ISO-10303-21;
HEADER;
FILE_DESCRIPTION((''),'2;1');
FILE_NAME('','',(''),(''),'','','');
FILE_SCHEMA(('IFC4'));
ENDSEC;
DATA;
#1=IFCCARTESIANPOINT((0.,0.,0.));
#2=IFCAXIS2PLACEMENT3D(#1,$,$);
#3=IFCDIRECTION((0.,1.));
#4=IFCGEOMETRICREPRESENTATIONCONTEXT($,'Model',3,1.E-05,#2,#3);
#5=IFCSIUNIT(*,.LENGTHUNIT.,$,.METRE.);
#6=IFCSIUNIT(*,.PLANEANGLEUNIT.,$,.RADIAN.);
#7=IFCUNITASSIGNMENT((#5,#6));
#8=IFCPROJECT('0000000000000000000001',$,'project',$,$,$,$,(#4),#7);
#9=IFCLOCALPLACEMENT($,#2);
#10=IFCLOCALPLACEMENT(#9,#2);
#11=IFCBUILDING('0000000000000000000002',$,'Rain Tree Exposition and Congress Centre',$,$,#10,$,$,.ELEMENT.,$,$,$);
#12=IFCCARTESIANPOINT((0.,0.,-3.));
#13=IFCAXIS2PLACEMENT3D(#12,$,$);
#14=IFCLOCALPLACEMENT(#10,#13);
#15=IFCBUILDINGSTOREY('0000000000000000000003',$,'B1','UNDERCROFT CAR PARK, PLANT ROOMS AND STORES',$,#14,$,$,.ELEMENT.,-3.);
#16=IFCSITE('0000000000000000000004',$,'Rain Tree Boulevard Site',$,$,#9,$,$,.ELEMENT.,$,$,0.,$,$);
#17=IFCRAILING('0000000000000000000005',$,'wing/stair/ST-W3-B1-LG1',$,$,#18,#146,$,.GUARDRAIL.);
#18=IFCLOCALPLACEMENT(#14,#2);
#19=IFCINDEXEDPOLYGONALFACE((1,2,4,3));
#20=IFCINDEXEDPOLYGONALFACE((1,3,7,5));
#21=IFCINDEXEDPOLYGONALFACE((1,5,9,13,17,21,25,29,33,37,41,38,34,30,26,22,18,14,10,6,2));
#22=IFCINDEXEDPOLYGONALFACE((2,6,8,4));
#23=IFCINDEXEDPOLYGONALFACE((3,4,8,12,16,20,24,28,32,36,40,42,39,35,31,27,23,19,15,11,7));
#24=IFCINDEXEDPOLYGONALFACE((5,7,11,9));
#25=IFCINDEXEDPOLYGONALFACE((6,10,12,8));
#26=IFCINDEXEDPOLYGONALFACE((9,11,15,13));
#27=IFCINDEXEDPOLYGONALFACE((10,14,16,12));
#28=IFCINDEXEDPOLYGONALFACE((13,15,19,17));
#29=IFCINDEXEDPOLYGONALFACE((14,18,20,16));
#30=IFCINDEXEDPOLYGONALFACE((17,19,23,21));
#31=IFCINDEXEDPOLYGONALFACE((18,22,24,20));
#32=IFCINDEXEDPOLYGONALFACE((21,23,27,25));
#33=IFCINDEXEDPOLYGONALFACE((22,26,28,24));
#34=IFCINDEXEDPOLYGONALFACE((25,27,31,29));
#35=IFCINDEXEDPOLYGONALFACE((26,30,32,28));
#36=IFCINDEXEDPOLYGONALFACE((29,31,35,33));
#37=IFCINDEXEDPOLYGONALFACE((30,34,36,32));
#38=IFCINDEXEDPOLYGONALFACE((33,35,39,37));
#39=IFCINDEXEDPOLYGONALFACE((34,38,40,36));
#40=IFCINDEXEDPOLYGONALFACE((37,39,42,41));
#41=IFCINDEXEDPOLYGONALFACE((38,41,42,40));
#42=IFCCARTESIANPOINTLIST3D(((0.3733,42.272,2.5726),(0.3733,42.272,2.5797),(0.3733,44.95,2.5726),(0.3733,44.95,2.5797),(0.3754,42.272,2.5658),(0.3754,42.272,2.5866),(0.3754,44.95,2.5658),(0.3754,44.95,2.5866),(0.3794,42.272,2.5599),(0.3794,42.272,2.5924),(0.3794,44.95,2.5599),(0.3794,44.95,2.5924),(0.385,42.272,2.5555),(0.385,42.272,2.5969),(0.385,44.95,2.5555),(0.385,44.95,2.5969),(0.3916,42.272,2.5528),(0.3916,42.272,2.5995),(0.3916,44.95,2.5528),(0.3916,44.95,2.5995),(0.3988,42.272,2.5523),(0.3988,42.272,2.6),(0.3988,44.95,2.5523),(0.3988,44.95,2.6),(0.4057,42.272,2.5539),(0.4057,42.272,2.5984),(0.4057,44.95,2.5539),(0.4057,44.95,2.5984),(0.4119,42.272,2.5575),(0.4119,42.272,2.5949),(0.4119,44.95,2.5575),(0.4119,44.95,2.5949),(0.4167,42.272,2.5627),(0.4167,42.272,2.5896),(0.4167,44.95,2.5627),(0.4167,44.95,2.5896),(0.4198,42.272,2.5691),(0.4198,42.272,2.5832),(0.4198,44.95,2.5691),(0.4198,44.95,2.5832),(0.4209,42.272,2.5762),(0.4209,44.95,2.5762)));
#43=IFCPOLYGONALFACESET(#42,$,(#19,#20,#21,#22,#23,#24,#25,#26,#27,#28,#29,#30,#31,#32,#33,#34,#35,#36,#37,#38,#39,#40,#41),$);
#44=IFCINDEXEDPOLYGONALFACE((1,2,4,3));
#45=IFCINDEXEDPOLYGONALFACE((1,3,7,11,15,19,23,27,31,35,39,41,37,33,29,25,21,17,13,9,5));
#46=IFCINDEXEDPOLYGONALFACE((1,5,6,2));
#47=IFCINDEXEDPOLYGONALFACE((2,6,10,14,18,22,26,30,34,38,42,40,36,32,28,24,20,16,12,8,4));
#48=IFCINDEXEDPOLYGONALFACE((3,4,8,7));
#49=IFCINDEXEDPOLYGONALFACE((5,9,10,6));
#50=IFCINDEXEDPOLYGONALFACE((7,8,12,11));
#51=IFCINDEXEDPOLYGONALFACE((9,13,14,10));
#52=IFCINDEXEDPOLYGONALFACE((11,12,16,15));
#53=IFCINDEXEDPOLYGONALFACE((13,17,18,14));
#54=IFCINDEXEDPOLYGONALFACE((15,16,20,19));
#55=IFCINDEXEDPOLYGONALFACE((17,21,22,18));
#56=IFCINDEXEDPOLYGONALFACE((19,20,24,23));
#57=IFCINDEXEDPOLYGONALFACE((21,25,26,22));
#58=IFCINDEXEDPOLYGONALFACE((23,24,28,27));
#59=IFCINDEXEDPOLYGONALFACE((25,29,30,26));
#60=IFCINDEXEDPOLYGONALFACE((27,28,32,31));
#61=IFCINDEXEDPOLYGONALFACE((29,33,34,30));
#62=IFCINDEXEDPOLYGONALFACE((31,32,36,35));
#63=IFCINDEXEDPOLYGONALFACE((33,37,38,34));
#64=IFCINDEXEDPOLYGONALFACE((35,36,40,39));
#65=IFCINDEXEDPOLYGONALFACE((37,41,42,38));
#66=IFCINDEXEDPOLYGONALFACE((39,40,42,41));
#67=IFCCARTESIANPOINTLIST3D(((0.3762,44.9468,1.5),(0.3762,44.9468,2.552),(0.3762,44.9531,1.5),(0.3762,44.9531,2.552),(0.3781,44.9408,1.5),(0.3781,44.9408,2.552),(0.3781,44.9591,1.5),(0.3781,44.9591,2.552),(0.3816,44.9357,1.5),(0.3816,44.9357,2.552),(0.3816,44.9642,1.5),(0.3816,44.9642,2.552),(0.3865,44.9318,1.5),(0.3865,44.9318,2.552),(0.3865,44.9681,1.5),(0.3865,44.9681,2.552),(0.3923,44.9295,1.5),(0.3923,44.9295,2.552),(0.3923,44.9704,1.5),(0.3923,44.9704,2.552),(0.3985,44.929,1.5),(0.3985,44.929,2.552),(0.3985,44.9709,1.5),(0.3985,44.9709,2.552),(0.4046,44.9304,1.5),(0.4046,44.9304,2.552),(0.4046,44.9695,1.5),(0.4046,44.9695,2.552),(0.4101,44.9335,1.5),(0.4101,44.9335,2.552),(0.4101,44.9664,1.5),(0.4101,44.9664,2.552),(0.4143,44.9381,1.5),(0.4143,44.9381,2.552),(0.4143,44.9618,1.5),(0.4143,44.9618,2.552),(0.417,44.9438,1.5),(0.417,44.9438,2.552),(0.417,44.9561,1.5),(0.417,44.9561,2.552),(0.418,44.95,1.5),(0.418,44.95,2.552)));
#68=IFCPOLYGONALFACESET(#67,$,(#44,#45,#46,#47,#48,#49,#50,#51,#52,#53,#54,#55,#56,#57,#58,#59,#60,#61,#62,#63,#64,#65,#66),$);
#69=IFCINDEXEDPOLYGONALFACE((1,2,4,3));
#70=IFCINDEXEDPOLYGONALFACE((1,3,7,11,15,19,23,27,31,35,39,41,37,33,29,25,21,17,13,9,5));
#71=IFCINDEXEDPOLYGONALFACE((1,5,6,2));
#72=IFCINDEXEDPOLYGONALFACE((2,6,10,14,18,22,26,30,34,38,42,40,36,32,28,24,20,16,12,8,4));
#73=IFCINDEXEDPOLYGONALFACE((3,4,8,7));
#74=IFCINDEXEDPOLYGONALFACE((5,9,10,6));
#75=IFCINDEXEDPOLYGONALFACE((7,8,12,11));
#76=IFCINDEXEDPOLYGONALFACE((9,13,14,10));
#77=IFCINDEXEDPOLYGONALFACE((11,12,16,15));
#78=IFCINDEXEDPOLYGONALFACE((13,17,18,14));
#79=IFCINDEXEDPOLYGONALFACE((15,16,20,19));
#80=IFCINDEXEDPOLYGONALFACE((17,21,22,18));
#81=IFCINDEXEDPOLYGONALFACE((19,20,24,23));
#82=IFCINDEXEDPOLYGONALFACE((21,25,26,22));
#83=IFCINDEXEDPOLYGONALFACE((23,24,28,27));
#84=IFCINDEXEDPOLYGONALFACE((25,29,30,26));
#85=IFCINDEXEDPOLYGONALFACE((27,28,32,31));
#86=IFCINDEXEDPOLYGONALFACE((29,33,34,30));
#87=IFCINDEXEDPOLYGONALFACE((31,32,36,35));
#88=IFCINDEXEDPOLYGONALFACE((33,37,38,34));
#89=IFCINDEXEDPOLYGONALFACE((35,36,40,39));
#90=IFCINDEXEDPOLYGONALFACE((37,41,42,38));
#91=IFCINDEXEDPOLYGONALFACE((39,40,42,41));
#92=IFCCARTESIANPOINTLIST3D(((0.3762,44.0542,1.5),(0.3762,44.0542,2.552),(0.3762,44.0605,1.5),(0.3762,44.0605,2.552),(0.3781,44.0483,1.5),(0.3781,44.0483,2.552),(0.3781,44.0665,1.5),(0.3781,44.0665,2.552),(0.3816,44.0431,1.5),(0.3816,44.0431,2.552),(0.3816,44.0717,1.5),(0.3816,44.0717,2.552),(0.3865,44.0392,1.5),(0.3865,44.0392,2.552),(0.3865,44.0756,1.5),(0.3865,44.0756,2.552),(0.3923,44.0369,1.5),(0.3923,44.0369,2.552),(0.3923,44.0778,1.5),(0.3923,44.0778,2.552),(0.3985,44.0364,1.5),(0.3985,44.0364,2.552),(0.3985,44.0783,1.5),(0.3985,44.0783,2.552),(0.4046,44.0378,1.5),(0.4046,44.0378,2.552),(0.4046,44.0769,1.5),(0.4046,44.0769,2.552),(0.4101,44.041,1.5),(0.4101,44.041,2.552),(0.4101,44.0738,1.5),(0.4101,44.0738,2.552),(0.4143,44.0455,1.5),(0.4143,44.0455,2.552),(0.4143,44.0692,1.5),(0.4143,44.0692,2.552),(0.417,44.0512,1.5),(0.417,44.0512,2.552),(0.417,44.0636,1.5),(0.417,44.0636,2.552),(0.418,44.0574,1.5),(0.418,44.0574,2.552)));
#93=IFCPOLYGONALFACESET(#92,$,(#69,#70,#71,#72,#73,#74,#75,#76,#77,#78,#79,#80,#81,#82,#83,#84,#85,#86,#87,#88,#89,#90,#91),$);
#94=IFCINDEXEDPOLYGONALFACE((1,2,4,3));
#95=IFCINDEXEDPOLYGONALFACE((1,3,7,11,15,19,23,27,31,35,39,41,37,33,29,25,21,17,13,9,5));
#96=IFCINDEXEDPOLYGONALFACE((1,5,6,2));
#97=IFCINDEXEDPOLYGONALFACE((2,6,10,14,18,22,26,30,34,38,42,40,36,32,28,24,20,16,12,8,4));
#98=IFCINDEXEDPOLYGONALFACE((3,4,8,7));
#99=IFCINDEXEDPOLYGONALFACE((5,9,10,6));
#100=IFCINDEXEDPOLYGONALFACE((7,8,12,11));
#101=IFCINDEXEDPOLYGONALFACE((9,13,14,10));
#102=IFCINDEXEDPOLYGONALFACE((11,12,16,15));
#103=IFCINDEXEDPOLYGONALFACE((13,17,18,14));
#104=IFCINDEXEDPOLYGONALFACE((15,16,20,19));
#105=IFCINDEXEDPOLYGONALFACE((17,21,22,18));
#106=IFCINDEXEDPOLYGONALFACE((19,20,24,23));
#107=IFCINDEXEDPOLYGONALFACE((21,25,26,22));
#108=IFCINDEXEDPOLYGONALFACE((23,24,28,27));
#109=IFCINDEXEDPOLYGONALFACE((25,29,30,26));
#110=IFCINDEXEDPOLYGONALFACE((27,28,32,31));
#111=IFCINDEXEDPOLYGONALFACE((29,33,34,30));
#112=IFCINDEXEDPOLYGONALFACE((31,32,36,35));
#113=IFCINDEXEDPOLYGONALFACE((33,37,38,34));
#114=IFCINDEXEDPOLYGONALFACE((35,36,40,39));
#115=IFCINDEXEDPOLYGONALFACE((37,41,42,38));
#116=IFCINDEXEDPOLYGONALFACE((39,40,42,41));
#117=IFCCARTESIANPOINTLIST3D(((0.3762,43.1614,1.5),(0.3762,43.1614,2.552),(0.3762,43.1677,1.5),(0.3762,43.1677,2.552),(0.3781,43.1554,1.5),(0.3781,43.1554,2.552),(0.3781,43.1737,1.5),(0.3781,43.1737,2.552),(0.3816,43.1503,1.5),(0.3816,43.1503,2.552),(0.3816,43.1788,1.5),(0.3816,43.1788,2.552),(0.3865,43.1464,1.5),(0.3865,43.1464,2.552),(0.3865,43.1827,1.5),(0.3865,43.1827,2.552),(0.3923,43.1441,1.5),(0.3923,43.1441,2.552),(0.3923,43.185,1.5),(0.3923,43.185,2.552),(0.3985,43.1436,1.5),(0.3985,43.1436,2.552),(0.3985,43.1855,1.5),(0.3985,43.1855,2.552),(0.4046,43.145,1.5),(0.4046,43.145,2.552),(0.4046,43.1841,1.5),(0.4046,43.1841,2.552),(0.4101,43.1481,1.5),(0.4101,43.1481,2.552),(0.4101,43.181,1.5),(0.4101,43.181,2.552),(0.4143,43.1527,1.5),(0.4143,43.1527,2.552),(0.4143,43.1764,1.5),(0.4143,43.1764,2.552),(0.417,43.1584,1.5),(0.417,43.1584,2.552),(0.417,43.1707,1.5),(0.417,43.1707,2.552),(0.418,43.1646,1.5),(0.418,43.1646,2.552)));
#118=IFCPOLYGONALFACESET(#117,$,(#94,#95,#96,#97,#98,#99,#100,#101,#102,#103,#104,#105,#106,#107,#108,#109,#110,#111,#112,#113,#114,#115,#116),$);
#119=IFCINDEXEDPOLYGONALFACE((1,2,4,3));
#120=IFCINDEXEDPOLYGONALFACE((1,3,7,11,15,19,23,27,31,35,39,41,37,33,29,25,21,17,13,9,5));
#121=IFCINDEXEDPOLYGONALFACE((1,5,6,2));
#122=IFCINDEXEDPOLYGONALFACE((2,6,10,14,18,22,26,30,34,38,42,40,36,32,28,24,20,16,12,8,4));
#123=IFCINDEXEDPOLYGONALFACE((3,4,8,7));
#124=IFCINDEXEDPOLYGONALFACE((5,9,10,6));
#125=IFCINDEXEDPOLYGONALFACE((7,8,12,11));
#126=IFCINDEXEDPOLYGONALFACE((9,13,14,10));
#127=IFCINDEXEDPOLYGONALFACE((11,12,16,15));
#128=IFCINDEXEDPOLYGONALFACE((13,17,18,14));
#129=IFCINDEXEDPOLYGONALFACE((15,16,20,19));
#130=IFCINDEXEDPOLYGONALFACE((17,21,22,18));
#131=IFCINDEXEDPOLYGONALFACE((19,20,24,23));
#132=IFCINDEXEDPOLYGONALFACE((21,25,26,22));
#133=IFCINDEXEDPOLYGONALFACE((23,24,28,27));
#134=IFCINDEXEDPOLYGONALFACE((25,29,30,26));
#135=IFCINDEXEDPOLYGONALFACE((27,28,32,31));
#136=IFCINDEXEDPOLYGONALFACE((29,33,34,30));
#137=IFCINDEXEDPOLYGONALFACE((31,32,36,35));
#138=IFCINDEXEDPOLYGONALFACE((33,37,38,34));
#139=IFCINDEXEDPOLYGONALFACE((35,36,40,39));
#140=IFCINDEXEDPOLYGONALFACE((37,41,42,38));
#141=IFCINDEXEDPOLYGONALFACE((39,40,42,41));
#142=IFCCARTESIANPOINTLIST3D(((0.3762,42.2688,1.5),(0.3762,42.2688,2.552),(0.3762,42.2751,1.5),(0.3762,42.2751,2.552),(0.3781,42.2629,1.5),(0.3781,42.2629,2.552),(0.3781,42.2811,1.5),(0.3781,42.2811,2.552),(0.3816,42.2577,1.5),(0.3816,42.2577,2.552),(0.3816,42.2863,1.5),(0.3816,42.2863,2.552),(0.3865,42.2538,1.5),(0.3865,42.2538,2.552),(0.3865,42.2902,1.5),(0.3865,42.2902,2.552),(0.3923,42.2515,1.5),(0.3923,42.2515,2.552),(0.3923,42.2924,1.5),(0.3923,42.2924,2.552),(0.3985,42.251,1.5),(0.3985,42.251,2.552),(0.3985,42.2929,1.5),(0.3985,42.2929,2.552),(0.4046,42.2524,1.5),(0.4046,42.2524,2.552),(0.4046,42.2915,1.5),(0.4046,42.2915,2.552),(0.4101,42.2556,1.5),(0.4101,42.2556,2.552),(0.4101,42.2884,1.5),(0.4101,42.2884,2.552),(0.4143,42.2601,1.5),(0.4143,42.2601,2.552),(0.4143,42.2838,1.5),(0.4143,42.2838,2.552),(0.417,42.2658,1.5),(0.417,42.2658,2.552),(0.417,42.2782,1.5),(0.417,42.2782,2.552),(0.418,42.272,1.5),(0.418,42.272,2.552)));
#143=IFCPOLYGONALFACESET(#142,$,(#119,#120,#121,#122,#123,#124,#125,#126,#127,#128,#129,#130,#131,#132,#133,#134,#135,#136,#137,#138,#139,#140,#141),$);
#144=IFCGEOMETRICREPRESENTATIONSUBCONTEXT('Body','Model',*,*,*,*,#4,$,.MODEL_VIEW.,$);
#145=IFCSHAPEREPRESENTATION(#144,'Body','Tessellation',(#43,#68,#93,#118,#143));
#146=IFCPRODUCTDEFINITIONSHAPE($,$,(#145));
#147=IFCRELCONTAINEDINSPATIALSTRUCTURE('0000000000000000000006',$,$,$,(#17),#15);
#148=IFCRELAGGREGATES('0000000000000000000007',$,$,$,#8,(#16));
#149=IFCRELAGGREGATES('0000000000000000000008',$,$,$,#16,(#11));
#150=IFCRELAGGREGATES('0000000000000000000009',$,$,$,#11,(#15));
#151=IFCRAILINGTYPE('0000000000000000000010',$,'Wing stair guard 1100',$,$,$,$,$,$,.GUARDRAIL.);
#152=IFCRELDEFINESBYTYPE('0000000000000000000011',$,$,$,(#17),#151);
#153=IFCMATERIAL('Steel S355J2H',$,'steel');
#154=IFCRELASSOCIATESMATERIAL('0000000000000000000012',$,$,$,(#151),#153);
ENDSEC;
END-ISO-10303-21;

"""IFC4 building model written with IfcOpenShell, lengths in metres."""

from ifc_helpers import new_model, si_unit, direction, frame, origin, origin_2d, place, context, subcontext, project, spatial, circle, extrude, material, type_object, element, save


model = new_model("IFC4")

# Units and contexts
model_context = context("Model", 3, precision=1e-05, world=origin(), true_north=direction((0.0, 1.0)))
body_context = subcontext(model_context, "Body", "Model", "MODEL_VIEW")
ifc_project = project(units=[si_unit("LENGTHUNIT", "METRE"), si_unit("PLANEANGLEUNIT", "RADIAN")], contexts=[model_context])

# Site, building, storey
site_placement = place(None, origin())
site = spatial("IfcSite", under=ifc_project, at=site_placement, Name="Rain Tree Boulevard Site", CompositionType="ELEMENT", RefElevation=0.0)
building_placement = place(site_placement, origin())
building = spatial("IfcBuilding", under=site, at=building_placement, Name="Rain Tree Exposition and Congress Centre", CompositionType="ELEMENT")
storey_placement = place(building_placement, frame((0.0, 0.0, -3.0)))
storey = spatial("IfcBuildingStorey", under=building, at=storey_placement, Name="B1", Description="UNDERCROFT CAR PARK, PLANT ROOMS AND STORES", CompositionType="ELEMENT", Elevation=-3.0)

# Railing
ifc_material_1 = material(Name="Steel S355J2H", Category="steel")
railing_type_1 = type_object("IfcRailingType", Name="Wing stair guard 1100", PredefinedType="GUARDRAIL", material=ifc_material_1)
railing_1_placement = place(storey_placement, frame((0.397, 44.95, 1.5)))
element("IfcRailing", 1, at=railing_1_placement, inside=storey, type_object=railing_type_1, Name="wing/stair/ST-W3-B1-LG1", PredefinedType="GUARDRAIL", context=body_context, shape_type="SweptSolid", body=[
    extrude(circle(Radius=0.0239, at=origin_2d()), frame((0.0, 0.0, 1.0762), z_axis=(0.0, -1.0, 0.0), x_axis=(1.0, 0.0, 0.0)), (0.0, 0.0, 1.0), 2.678),
    extrude(circle(Radius=0.021, at=origin_2d()), origin(), (0.0, 0.0, 1.0), 1.052),
    extrude(circle(Radius=0.021, at=origin_2d()), frame((0.0, -0.8926, 0.0)), (0.0, 0.0, 1.0), 1.052),
    extrude(circle(Radius=0.021, at=origin_2d()), frame((0.0, -1.7854, 0.0)), (0.0, 0.0, 1.0), 1.052),
    extrude(circle(Radius=0.021, at=origin_2d()), frame((0.0, -2.678, 0.0)), (0.0, 0.0, 1.0), 1.052),
])

save(model, "model.ifc")
